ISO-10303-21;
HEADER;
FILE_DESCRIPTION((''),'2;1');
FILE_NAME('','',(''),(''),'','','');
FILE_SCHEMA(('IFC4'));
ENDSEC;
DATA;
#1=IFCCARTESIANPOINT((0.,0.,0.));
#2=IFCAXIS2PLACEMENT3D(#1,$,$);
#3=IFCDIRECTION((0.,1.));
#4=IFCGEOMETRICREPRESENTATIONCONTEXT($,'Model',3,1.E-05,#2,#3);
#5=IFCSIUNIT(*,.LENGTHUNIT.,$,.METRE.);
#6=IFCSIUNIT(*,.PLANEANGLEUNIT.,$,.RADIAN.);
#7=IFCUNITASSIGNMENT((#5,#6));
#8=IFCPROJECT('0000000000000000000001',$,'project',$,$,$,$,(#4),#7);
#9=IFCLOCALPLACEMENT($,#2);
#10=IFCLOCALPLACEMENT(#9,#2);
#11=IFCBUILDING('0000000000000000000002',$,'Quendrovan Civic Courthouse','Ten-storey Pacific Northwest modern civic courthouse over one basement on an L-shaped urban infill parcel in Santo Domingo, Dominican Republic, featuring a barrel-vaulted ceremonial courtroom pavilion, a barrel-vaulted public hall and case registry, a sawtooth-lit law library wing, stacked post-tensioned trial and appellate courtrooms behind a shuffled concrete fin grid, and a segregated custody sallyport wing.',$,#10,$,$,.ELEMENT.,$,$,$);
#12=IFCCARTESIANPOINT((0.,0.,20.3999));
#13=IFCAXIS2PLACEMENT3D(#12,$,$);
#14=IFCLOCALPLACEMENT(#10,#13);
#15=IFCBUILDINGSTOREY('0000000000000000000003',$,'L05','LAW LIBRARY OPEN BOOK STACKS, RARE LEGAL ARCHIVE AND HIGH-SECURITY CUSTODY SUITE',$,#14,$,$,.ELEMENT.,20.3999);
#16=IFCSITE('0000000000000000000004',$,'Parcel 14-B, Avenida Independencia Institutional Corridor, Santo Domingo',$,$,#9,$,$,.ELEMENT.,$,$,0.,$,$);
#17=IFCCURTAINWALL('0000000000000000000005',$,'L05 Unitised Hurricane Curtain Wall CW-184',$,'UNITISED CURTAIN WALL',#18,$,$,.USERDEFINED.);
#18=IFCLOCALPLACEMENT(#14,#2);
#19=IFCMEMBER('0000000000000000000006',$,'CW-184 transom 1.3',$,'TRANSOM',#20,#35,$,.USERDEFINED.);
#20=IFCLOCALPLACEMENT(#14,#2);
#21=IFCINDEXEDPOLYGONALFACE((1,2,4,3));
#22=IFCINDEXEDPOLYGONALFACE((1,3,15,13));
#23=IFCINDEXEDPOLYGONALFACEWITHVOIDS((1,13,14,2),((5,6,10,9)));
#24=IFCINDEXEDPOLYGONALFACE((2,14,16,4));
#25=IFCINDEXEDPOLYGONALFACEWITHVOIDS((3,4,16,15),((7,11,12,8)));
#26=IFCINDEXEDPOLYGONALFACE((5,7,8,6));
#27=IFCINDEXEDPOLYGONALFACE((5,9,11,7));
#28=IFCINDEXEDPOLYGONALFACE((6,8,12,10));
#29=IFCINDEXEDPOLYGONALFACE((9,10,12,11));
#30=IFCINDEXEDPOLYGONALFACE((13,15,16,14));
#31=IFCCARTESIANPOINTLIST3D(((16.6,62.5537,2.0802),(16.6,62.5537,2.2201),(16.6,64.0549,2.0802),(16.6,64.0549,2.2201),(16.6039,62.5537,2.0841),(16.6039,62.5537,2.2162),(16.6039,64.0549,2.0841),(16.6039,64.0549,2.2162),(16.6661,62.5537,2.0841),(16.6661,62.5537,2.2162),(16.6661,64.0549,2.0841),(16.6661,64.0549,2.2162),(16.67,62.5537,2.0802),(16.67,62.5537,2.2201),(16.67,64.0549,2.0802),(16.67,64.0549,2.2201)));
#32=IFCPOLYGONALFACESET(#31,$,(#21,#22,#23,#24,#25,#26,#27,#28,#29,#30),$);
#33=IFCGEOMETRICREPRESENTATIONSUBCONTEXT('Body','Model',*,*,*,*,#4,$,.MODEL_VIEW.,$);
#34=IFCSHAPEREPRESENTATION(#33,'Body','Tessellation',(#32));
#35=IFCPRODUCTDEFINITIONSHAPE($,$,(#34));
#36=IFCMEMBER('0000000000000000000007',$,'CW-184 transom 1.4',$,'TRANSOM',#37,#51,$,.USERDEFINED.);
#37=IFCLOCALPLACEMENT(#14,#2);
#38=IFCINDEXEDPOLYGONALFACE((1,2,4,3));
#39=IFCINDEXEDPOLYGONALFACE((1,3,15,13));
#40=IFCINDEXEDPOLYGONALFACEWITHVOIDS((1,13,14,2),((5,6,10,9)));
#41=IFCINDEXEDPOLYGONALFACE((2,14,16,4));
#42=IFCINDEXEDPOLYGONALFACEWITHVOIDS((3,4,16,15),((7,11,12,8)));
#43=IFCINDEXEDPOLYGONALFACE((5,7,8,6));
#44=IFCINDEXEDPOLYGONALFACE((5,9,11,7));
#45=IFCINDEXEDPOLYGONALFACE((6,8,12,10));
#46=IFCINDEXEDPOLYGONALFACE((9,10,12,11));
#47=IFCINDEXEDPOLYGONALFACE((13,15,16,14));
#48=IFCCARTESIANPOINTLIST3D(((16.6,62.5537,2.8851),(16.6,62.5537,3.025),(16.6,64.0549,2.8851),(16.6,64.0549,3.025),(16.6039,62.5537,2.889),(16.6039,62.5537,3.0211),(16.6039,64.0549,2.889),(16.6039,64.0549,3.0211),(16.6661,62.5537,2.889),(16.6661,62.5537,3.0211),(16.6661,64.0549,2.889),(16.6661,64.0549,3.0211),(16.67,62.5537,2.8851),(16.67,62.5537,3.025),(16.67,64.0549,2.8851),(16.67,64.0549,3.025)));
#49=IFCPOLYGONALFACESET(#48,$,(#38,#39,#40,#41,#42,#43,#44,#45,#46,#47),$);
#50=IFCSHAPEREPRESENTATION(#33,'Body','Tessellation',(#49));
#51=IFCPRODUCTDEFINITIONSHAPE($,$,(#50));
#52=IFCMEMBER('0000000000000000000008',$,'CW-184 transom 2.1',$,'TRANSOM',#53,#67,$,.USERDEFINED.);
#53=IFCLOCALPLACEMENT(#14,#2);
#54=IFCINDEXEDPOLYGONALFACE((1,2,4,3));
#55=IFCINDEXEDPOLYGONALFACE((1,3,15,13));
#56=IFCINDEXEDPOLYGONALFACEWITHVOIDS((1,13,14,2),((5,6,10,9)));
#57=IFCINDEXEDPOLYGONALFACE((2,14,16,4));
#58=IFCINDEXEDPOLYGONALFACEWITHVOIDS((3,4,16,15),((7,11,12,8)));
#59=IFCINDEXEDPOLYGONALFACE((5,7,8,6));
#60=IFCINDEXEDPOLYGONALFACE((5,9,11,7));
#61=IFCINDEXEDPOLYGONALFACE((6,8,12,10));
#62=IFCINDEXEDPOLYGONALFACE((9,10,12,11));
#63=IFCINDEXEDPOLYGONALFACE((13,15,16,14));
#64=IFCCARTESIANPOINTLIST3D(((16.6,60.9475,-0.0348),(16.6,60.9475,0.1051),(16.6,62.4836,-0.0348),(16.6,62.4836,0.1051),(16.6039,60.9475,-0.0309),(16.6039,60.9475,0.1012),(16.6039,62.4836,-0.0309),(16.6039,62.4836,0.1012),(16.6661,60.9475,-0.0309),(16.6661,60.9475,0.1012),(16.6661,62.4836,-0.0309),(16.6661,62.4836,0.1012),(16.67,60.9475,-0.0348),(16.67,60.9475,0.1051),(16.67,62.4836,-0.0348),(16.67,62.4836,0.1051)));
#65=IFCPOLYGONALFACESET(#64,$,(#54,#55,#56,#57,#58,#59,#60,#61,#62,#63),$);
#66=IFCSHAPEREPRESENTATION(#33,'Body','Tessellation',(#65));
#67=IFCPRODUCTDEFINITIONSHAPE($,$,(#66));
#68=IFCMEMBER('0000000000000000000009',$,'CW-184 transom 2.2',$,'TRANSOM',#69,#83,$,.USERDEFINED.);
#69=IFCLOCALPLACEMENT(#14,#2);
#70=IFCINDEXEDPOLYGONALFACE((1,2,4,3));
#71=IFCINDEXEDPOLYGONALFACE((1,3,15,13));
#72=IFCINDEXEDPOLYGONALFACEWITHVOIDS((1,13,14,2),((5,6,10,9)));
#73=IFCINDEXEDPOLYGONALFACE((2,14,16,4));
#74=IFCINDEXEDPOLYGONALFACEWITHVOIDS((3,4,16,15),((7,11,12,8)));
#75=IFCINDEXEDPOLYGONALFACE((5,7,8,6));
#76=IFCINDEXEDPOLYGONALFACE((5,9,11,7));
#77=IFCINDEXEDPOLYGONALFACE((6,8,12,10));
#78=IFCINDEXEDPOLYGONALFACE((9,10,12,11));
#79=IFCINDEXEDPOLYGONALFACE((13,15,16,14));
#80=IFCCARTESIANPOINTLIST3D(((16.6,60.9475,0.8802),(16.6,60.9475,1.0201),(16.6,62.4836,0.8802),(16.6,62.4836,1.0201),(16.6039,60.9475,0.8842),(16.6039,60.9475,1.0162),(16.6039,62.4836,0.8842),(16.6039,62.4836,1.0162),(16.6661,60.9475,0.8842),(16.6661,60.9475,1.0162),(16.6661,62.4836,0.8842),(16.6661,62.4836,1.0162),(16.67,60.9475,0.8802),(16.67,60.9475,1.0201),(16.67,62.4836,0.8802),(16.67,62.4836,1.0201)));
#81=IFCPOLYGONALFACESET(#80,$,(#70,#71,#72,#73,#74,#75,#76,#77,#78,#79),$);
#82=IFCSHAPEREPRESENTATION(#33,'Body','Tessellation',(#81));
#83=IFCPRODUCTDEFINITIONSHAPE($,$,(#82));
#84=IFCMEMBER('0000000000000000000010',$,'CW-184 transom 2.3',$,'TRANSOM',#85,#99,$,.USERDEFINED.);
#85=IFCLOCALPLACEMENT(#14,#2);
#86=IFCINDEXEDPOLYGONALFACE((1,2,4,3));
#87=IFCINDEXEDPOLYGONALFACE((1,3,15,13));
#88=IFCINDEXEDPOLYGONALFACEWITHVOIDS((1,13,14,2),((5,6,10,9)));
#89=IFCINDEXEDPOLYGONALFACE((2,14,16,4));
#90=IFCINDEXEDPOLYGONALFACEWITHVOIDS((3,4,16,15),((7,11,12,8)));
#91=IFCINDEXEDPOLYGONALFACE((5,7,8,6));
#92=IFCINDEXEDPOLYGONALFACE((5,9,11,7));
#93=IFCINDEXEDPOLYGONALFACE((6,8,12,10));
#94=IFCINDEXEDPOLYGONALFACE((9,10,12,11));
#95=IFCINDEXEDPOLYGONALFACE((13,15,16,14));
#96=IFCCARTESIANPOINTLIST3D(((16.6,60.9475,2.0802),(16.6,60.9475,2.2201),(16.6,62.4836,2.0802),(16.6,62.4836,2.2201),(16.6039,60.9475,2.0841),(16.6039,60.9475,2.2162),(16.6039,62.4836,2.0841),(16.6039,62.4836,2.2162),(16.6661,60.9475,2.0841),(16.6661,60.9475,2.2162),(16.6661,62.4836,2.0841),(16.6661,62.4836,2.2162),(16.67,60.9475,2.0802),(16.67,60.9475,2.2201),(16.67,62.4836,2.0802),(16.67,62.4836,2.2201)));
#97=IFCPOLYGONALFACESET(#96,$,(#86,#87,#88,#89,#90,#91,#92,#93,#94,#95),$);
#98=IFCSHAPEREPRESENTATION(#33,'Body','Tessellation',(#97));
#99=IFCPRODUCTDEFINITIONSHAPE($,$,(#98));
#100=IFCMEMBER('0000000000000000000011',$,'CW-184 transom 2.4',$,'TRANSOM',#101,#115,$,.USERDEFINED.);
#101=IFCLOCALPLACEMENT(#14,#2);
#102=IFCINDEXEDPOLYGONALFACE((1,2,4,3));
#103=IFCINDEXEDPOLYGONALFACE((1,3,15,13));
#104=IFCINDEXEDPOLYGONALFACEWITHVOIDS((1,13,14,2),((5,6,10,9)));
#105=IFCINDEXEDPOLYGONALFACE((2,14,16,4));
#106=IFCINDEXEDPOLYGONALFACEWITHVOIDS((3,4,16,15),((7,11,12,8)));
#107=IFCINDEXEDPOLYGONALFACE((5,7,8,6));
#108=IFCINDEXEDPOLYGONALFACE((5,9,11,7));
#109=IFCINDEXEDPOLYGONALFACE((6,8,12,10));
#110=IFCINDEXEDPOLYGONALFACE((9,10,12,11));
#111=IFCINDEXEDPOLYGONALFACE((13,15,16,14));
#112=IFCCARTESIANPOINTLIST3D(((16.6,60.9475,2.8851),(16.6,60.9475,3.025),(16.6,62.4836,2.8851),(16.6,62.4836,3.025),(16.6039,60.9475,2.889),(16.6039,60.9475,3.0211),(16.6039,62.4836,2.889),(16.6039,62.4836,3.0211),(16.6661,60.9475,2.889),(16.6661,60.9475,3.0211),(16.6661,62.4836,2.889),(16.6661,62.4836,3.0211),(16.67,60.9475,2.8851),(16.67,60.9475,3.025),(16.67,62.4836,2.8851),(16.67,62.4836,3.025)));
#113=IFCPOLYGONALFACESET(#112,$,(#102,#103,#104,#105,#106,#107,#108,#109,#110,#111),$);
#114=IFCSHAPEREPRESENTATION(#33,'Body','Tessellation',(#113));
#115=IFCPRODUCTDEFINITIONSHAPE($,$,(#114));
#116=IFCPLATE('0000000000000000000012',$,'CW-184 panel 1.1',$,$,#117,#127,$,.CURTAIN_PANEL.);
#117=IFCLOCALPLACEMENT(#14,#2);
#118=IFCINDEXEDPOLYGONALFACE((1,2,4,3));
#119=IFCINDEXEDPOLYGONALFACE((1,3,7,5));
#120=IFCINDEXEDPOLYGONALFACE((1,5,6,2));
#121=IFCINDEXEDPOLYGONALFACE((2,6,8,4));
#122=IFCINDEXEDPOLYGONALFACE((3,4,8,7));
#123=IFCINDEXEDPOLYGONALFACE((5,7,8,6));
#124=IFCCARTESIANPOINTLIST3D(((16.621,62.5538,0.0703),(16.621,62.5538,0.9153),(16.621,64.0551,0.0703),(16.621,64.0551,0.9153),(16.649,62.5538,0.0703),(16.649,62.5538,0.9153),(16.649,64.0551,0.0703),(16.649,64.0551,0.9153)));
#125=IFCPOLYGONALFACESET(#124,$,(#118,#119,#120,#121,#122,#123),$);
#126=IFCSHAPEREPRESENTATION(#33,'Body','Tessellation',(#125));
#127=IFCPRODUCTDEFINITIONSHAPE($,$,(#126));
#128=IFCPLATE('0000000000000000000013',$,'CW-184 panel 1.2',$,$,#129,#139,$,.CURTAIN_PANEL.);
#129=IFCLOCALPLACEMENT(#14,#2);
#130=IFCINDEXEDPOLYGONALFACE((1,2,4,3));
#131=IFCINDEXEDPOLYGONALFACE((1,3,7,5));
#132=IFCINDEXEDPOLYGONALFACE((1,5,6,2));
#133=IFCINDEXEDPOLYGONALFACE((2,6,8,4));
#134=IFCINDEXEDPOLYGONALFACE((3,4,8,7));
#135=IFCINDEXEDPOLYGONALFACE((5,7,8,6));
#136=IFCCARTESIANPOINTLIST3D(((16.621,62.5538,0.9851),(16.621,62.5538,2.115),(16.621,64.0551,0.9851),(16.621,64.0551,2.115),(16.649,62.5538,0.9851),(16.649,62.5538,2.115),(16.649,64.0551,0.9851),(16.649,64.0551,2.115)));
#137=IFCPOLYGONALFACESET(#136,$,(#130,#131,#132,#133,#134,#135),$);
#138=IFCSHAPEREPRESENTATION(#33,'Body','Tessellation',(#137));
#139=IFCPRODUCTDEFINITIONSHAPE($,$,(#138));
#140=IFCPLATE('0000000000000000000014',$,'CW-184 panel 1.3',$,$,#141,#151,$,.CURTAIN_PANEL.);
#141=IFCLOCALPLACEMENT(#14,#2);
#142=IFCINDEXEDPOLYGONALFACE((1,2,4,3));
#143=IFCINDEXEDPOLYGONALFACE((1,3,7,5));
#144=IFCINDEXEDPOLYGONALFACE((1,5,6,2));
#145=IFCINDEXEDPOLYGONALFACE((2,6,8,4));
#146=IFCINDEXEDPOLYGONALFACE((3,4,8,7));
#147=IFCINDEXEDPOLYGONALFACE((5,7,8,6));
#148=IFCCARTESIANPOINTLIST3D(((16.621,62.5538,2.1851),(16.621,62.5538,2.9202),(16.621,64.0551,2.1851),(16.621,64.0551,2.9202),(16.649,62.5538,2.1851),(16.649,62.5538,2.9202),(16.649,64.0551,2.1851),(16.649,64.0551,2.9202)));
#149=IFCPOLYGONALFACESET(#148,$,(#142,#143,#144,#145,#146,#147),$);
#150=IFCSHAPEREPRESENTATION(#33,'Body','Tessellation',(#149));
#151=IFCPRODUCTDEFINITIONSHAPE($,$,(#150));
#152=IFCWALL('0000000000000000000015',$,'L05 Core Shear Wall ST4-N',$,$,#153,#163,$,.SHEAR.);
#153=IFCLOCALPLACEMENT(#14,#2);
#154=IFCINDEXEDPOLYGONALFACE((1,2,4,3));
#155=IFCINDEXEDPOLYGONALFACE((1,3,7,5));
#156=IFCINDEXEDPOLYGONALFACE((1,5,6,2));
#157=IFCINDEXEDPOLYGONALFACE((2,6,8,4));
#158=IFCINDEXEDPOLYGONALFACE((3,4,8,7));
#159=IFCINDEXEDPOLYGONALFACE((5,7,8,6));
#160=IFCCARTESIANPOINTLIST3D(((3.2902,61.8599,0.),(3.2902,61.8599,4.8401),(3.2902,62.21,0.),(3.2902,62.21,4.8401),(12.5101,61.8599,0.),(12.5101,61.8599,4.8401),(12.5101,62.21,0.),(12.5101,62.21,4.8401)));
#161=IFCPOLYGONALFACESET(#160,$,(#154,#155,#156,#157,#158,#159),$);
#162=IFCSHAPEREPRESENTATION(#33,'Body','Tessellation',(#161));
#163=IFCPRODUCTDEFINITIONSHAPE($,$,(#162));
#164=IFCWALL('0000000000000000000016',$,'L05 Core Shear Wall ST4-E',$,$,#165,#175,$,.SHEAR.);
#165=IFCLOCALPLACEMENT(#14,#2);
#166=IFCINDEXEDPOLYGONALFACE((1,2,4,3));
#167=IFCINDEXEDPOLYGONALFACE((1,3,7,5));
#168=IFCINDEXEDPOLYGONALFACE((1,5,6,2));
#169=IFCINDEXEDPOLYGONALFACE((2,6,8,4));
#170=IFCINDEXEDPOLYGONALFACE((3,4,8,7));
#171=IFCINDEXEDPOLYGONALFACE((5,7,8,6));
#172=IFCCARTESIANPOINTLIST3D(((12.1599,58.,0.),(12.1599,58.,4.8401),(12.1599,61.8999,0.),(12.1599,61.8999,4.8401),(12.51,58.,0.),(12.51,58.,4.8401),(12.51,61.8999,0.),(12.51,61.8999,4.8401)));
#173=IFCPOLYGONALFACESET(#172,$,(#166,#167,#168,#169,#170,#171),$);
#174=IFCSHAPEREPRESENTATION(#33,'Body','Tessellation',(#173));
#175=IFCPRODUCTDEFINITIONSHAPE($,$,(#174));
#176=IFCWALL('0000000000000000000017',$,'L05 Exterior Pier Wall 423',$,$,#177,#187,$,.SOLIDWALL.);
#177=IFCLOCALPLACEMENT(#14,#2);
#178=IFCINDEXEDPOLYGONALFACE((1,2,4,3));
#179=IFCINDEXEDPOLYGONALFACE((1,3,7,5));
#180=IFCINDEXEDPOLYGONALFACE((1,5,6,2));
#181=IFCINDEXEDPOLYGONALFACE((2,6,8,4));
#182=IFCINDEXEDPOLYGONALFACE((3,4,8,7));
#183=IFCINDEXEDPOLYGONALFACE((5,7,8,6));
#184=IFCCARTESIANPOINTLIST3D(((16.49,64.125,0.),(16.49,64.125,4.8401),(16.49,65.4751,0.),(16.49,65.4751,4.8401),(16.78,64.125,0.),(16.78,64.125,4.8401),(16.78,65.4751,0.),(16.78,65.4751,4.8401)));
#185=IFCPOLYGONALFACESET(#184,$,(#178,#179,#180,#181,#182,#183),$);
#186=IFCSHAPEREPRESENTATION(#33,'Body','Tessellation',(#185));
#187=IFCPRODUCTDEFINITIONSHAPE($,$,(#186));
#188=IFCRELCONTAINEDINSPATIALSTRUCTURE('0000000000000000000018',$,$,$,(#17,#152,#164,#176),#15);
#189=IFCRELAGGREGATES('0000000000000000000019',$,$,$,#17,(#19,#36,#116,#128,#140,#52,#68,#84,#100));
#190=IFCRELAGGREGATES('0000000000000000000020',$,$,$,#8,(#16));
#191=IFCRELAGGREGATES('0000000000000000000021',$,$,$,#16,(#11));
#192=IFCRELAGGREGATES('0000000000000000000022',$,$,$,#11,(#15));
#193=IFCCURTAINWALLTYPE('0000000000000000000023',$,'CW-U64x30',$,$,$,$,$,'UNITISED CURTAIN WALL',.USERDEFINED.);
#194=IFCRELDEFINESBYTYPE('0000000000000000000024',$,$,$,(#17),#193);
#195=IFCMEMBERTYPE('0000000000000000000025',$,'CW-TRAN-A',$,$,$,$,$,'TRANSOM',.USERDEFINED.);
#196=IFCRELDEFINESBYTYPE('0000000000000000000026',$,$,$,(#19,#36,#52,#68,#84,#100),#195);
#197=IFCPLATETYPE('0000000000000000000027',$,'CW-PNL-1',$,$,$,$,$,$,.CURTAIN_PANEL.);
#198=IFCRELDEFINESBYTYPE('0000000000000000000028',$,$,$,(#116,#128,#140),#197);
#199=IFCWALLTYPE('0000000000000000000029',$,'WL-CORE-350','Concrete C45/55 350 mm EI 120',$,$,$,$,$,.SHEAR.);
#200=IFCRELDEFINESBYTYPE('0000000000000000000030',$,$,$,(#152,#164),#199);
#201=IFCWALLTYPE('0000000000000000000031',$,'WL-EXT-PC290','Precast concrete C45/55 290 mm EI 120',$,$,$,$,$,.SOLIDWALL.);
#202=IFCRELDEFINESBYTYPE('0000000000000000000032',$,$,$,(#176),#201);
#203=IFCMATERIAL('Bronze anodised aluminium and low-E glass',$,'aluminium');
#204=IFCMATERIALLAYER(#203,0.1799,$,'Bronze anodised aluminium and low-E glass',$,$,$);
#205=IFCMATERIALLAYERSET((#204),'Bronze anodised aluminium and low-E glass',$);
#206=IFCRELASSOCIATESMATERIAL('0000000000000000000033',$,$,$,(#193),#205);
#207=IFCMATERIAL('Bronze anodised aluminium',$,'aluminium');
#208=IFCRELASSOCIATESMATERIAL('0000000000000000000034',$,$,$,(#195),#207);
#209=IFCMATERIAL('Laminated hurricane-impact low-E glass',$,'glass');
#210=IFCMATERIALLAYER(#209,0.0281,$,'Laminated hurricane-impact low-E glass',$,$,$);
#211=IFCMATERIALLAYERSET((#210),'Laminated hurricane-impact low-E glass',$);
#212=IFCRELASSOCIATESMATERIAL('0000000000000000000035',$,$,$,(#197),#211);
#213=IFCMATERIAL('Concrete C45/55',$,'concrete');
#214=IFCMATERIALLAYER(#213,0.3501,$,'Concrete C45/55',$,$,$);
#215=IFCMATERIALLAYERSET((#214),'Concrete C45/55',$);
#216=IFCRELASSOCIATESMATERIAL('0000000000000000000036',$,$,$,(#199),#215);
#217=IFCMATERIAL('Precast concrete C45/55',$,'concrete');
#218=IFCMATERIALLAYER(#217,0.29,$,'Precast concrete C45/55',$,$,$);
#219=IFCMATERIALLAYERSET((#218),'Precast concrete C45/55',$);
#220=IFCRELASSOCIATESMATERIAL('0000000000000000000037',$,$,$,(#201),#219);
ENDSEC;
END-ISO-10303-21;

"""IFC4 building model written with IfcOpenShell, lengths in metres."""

from ifc_helpers import new_model, si_unit, direction, frame, frame_2d, origin, origin_2d, place, context, subcontext, project, spatial, rectangle, hollow_rectangle, extrude, material, layer, layer_set, material_profile, profile_set, type_object, element, aggregate, save


model = new_model("IFC4")

# Units and contexts
model_context = context("Model", 3, precision=1e-05, world=origin(), true_north=direction((0.0, 1.0)))
body_context = subcontext(model_context, "Body", "Model", "MODEL_VIEW")
ifc_project = project(units=[si_unit("LENGTHUNIT", "METRE"), si_unit("PLANEANGLEUNIT", "RADIAN")], contexts=[model_context])

# Site, building, storey
site_placement = place(None, origin())
site = spatial("IfcSite", under=ifc_project, at=site_placement, Name="Parcel 14-B, Avenida Independencia Institutional Corridor, Santo Domingo", CompositionType="ELEMENT", RefElevation=0.0)
building_placement = place(site_placement, origin())
building = spatial("IfcBuilding", under=site, at=building_placement, Name="Quendrovan Civic Courthouse", Description="Ten-storey Pacific Northwest modern civic courthouse over one basement on an L-shaped urban infill parcel in Santo Domingo, Dominican Republic, featuring a barrel-vaulted ceremonial courtroom pavilion, a barrel-vaulted public hall and case registry, a sawtooth-lit law library wing, stacked post-tensioned trial and appellate courtrooms behind a shuffled concrete fin grid, and a segregated custody sallyport wing.", CompositionType="ELEMENT")
storey_placement = place(building_placement, frame((0.0, 0.0, 20.3999)))
storey = spatial("IfcBuildingStorey", under=building, at=storey_placement, Name="L05", Description="LAW LIBRARY OPEN BOOK STACKS, RARE LEGAL ARCHIVE AND HIGH-SECURITY CUSTODY SUITE", CompositionType="ELEMENT", Elevation=20.3999)

# Shared definitions
ifc_material_1 = material(Name="Concrete C45/55", Category="concrete")

# Curtain wall
ifc_material_2 = material(Name="Bronze anodised aluminium and low-E glass", Category="aluminium")
ifc_layer_1 = layer(ifc_material_2, 0.1799, Name="Bronze anodised aluminium and low-E glass")
ifc_layer_set_1 = layer_set([ifc_layer_1], Name="Bronze anodised aluminium and low-E glass")
curtain_wall_type_1 = type_object("IfcCurtainWallType", Name="CW-U64x30", ElementType="UNITISED CURTAIN WALL", PredefinedType="USERDEFINED", material=ifc_layer_set_1)
curtain_wall_1_placement = place(storey_placement, origin())
curtain_wall_1 = element("IfcCurtainWall", 1, at=curtain_wall_1_placement, inside=storey, type_object=curtain_wall_type_1, Name="L05 Unitised Hurricane Curtain Wall CW-184", ObjectType="UNITISED CURTAIN WALL", PredefinedType="USERDEFINED")
ifc_material_3 = material(Name="Bronze anodised aluminium", Category="aluminium")

# Members
ifc_material_profile_1 = material_profile(ifc_material_3, hollow_rectangle(XDim=0.0701, YDim=0.1399, WallThickness=0.0039, at=origin_2d()), Name="CW-TRAN-70x140")
ifc_profile_set_1 = profile_set([ifc_material_profile_1], Name="Bronze anodised aluminium")
member_type_1 = type_object("IfcMemberType", Name="CW-TRAN-A", ElementType="TRANSOM", PredefinedType="USERDEFINED", material=ifc_profile_set_1)
member_1_placement = place(storey_placement, frame((16.635, 64.0549, 2.1501), z_axis=(0.0, -1.0, 0.0), x_axis=(1.0, 0.0, 0.0)))
member_1 = element("IfcMember", 2, at=member_1_placement, type_object=member_type_1, Name="CW-184 transom 1.3", ObjectType="TRANSOM", PredefinedType="USERDEFINED", context=body_context, shape_type="SweptSolid", body=[
    extrude(hollow_rectangle(XDim=0.0701, YDim=0.1399, WallThickness=0.0039, at=origin_2d()), origin(), (0.0, 0.0, 1.0), 1.5012),
])
member_2_placement = place(storey_placement, frame((16.635, 64.0549, 2.9551), z_axis=(0.0, -1.0, 0.0), x_axis=(1.0, 0.0, 0.0)))
member_2 = element("IfcMember", 3, at=member_2_placement, type_object=member_type_1, Name="CW-184 transom 1.4", ObjectType="TRANSOM", PredefinedType="USERDEFINED", context=body_context, shape_type="SweptSolid", body=[
    extrude(hollow_rectangle(XDim=0.0701, YDim=0.1399, WallThickness=0.0039, at=origin_2d()), origin(), (0.0, 0.0, 1.0), 1.5012),
])
member_3_placement = place(storey_placement, frame((16.635, 62.4836, 0.0352), z_axis=(0.0, -1.0, 0.0), x_axis=(1.0, 0.0, 0.0)))
member_3 = element("IfcMember", 4, at=member_3_placement, type_object=member_type_1, Name="CW-184 transom 2.1", ObjectType="TRANSOM", PredefinedType="USERDEFINED", context=body_context, shape_type="SweptSolid", body=[
    extrude(hollow_rectangle(XDim=0.0701, YDim=0.1399, WallThickness=0.0039, at=origin_2d()), origin(), (0.0, 0.0, 1.0), 1.5361),
])
member_4_placement = place(storey_placement, frame((16.635, 62.4836, 0.9502), z_axis=(0.0, -1.0, 0.0), x_axis=(1.0, 0.0, 0.0)))
member_4 = element("IfcMember", 5, at=member_4_placement, type_object=member_type_1, Name="CW-184 transom 2.2", ObjectType="TRANSOM", PredefinedType="USERDEFINED", context=body_context, shape_type="SweptSolid", body=[
    extrude(hollow_rectangle(XDim=0.0701, YDim=0.1399, WallThickness=0.0039, at=origin_2d()), origin(), (0.0, 0.0, 1.0), 1.5361),
])
member_5_placement = place(storey_placement, frame((16.635, 62.4836, 2.1501), z_axis=(0.0, -1.0, 0.0), x_axis=(1.0, 0.0, 0.0)))
member_5 = element("IfcMember", 6, at=member_5_placement, type_object=member_type_1, Name="CW-184 transom 2.3", ObjectType="TRANSOM", PredefinedType="USERDEFINED", context=body_context, shape_type="SweptSolid", body=[
    extrude(hollow_rectangle(XDim=0.0701, YDim=0.1399, WallThickness=0.0039, at=origin_2d()), origin(), (0.0, 0.0, 1.0), 1.5361),
])
member_6_placement = place(storey_placement, frame((16.635, 62.4836, 2.9551), z_axis=(0.0, -1.0, 0.0), x_axis=(1.0, 0.0, 0.0)))
member_6 = element("IfcMember", 7, at=member_6_placement, type_object=member_type_1, Name="CW-184 transom 2.4", ObjectType="TRANSOM", PredefinedType="USERDEFINED", context=body_context, shape_type="SweptSolid", body=[
    extrude(hollow_rectangle(XDim=0.0701, YDim=0.1399, WallThickness=0.0039, at=origin_2d()), origin(), (0.0, 0.0, 1.0), 1.5361),
])

# Plates
ifc_material_4 = material(Name="Laminated hurricane-impact low-E glass", Category="glass")
ifc_layer_2 = layer(ifc_material_4, 0.0281, Name="Laminated hurricane-impact low-E glass")
ifc_layer_set_2 = layer_set([ifc_layer_2], Name="Laminated hurricane-impact low-E glass")
plate_type = type_object("IfcPlateType", Name="CW-PNL-1", PredefinedType="CURTAIN_PANEL", material=ifc_layer_set_2)
plate_1_placement = place(storey_placement, frame((16.635, 63.3044, 0.0703), z_axis=(0.0, 0.0, 1.0), x_axis=(0.0, -1.0, 0.0)))
plate_1 = element("IfcPlate", 8, at=plate_1_placement, type_object=plate_type, Name="CW-184 panel 1.1", PredefinedType="CURTAIN_PANEL", context=body_context, shape_type="SweptSolid", body=[
    extrude(rectangle(XDim=1.5012, YDim=0.0281, at=origin_2d()), origin(), (0.0, 0.0, 1.0), 0.845),
])
plate_2_placement = place(storey_placement, frame((16.635, 63.3044, 0.9851), z_axis=(0.0, 0.0, 1.0), x_axis=(0.0, -1.0, 0.0)))
plate_2 = element("IfcPlate", 9, at=plate_2_placement, type_object=plate_type, Name="CW-184 panel 1.2", PredefinedType="CURTAIN_PANEL", context=body_context, shape_type="SweptSolid", body=[
    extrude(rectangle(XDim=1.5012, YDim=0.0281, at=origin_2d()), origin(), (0.0, 0.0, 1.0), 1.1299),
])
plate_3_placement = place(storey_placement, frame((16.635, 63.3044, 2.1851), z_axis=(0.0, 0.0, 1.0), x_axis=(0.0, -1.0, 0.0)))
plate_3 = element("IfcPlate", 10, at=plate_3_placement, type_object=plate_type, Name="CW-184 panel 1.3", PredefinedType="CURTAIN_PANEL", context=body_context, shape_type="SweptSolid", body=[
    extrude(rectangle(XDim=1.5012, YDim=0.0281, at=origin_2d()), origin(), (0.0, 0.0, 1.0), 0.7351),
])
aggregate(curtain_wall_1, [member_1, member_2, plate_1, plate_2, plate_3, member_3, member_4, member_5, member_6])

# Walls
ifc_layer_3 = layer(ifc_material_1, 0.3501, Name="Concrete C45/55")
ifc_layer_set_3 = layer_set([ifc_layer_3], Name="Concrete C45/55")
wall_type_1 = type_object("IfcWallType", Name="WL-CORE-350", Description="Concrete C45/55 350 mm EI 120", PredefinedType="SHEAR", material=ifc_layer_set_3)
wall_1_placement = place(storey_placement, frame((12.51, 62.0349, 0.0), z_axis=(0.0, 0.0, 1.0), x_axis=(-1.0, 0.0, 0.0)))
element("IfcWall", 11, at=wall_1_placement, inside=storey, type_object=wall_type_1, Name="L05 Core Shear Wall ST4-N", PredefinedType="SHEAR", context=body_context, shape_type="SweptSolid", body=[
    extrude(rectangle(XDim=9.22, YDim=0.3501, at=frame_2d((4.6099, 0.0))), origin(), (0.0, 0.0, 1.0), 4.8401),
])
wall_2_placement = place(storey_placement, frame((12.335, 61.8999, 0.0), z_axis=(0.0, 0.0, 1.0), x_axis=(0.0, -1.0, 0.0)))
element("IfcWall", 12, at=wall_2_placement, inside=storey, type_object=wall_type_1, Name="L05 Core Shear Wall ST4-E", PredefinedType="SHEAR", context=body_context, shape_type="SweptSolid", body=[
    extrude(rectangle(XDim=3.8999, YDim=0.3501, at=frame_2d((1.95, 0.0))), origin(), (0.0, 0.0, 1.0), 4.8401),
])
ifc_material_5 = material(Name="Precast concrete C45/55", Category="concrete")
ifc_layer_4 = layer(ifc_material_5, 0.29, Name="Precast concrete C45/55")
ifc_layer_set_4 = layer_set([ifc_layer_4], Name="Precast concrete C45/55")
wall_type_2 = type_object("IfcWallType", Name="WL-EXT-PC290", Description="Precast concrete C45/55 290 mm EI 120", PredefinedType="SOLIDWALL", material=ifc_layer_set_4)
wall_3_placement = place(storey_placement, frame((16.635, 65.4751, 0.0), z_axis=(0.0, 0.0, 1.0), x_axis=(0.0, -1.0, 0.0)))
element("IfcWall", 13, at=wall_3_placement, inside=storey, type_object=wall_type_2, Name="L05 Exterior Pier Wall 423", PredefinedType="SOLIDWALL", context=body_context, shape_type="SweptSolid", body=[
    extrude(rectangle(XDim=1.3501, YDim=0.29, at=frame_2d((0.675, 0.0))), origin(), (0.0, 0.0, 1.0), 4.8401),
])

save(model, "model.ifc")
